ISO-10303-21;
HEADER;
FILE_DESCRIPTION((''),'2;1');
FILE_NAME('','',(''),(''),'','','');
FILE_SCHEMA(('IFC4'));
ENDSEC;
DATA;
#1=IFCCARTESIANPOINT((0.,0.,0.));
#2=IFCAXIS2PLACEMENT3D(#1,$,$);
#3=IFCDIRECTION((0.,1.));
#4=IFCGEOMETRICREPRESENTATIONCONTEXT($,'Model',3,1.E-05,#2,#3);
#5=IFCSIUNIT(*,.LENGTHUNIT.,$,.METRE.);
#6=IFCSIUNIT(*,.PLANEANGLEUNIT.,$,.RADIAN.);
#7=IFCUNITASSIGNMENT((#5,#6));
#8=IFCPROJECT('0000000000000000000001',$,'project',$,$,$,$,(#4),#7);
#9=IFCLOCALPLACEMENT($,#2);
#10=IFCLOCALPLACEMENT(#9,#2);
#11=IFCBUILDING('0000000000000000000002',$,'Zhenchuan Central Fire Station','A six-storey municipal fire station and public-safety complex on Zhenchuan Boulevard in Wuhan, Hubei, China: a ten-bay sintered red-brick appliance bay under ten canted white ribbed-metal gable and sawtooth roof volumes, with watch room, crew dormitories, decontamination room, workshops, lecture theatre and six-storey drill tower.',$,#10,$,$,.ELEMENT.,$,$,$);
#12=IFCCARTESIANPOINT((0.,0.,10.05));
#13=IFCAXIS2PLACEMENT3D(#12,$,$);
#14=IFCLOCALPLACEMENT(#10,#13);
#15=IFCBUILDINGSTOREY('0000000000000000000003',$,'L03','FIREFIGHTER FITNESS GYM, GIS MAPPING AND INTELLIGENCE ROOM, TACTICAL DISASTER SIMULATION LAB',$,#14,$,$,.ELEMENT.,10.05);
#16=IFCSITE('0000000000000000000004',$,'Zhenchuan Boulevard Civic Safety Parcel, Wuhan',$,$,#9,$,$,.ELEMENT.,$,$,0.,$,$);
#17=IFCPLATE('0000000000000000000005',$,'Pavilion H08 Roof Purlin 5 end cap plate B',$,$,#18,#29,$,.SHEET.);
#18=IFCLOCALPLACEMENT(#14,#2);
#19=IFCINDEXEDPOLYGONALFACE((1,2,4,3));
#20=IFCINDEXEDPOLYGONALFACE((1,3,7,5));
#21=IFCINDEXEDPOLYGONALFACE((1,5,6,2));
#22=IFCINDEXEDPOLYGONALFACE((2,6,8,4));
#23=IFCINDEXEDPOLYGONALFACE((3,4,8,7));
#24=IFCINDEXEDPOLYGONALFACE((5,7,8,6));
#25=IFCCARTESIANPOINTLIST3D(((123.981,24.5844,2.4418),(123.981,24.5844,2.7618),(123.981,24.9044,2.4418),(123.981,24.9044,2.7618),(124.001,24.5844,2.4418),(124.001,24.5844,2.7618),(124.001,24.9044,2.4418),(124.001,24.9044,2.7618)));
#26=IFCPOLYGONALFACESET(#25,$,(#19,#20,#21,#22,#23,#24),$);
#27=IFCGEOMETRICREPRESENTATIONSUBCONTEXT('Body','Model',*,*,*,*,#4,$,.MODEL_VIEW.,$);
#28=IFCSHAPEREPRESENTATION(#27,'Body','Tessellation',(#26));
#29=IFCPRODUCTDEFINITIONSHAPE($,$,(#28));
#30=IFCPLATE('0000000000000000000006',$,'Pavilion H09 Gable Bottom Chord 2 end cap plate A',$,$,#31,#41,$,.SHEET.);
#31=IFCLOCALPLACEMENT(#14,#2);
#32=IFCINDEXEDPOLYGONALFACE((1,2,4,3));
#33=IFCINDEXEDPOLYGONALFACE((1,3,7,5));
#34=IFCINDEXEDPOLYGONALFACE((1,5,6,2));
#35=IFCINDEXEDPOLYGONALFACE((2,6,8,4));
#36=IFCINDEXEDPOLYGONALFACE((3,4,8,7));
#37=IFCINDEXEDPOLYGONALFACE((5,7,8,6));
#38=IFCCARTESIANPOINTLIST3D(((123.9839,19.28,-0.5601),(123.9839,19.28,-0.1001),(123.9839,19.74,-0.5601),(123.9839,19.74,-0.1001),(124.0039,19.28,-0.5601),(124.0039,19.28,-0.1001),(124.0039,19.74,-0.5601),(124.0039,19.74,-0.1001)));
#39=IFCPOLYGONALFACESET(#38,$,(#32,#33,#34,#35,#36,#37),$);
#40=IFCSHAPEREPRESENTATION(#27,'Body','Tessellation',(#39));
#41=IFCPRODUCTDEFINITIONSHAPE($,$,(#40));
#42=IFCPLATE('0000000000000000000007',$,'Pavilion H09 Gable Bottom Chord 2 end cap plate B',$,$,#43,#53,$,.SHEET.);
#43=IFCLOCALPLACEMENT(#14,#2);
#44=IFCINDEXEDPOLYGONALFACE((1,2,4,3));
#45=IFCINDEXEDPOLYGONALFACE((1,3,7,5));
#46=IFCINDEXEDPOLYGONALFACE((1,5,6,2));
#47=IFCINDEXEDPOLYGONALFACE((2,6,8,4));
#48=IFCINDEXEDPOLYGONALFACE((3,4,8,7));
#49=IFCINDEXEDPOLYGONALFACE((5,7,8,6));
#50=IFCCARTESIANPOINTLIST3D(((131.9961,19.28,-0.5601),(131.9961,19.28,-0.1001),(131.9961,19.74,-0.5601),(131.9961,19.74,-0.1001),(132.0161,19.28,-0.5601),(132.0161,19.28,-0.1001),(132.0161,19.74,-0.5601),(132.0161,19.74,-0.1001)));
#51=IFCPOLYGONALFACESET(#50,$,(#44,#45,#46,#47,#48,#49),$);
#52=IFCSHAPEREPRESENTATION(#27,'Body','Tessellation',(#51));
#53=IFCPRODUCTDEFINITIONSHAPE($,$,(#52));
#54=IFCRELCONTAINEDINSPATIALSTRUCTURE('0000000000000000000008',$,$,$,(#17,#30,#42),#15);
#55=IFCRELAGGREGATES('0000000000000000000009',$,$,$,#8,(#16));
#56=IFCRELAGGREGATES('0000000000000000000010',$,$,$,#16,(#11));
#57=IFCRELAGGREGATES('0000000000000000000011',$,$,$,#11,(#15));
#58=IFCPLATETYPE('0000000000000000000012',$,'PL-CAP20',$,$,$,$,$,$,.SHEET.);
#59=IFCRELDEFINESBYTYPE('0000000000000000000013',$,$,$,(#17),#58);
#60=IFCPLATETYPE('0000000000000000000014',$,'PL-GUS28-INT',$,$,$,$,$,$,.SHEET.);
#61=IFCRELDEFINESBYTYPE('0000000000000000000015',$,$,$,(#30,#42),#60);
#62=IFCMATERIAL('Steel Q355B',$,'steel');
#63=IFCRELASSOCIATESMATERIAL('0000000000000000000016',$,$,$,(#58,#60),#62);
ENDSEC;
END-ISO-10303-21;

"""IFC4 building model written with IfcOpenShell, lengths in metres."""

from ifc_helpers import new_model, si_unit, direction, frame, origin, origin_2d, place, context, subcontext, project, spatial, rectangle, extrude, material, material_profile, profile_set, type_object, element, save


model = new_model("IFC4")

# Units and contexts
model_context = context("Model", 3, precision=1e-05, world=origin(), true_north=direction((0.0, 1.0)))
body_context = subcontext(model_context, "Body", "Model", "MODEL_VIEW")
ifc_project = project(units=[si_unit("LENGTHUNIT", "METRE"), si_unit("PLANEANGLEUNIT", "RADIAN")], contexts=[model_context])

# Site, building, storey
site_placement = place(None, origin())
site = spatial("IfcSite", under=ifc_project, at=site_placement, Name="Zhenchuan Boulevard Civic Safety Parcel, Wuhan", CompositionType="ELEMENT", RefElevation=0.0)
building_placement = place(site_placement, origin())
building = spatial("IfcBuilding", under=site, at=building_placement, Name="Zhenchuan Central Fire Station", Description="A six-storey municipal fire station and public-safety complex on Zhenchuan Boulevard in Wuhan, Hubei, China: a ten-bay sintered red-brick appliance bay under ten canted white ribbed-metal gable and sawtooth roof volumes, with watch room, crew dormitories, decontamination room, workshops, lecture theatre and six-storey drill tower.", CompositionType="ELEMENT")
storey_placement = place(building_placement, frame((0.0, 0.0, 10.05)))
storey = spatial("IfcBuildingStorey", under=building, at=storey_placement, Name="L03", Description="FIREFIGHTER FITNESS GYM, GIS MAPPING AND INTELLIGENCE ROOM, TACTICAL DISASTER SIMULATION LAB", CompositionType="ELEMENT", Elevation=10.05)

# Shared definitions
ifc_material_1 = material(Name="Steel Q355B", Category="steel")

# Plates
ifc_material_profile_1 = material_profile(ifc_material_1, rectangle(XDim=0.3201, YDim=0.3201, at=origin_2d()), Name="PL 320x320x20")
ifc_profile_set_1 = profile_set([ifc_material_profile_1], Name="Steel Q355B")
plate_type_1 = type_object("IfcPlateType", Name="PL-CAP20", PredefinedType="SHEET", material=ifc_profile_set_1)
for number, where, z_axis, x_axis, name in (
    (1, (123.981, 24.7444, 2.6018), (1.0, 0.0, 0.0), (0.0, 1.0, 0.0), "Pavilion H08 Roof Purlin 5 end cap plate B"),
):
    element("IfcPlate", number, at=place(storey_placement, frame(where, z_axis=z_axis, x_axis=x_axis)), inside=storey, type_object=plate_type_1, Name=name, PredefinedType="SHEET", context=body_context, shape_type="SweptSolid", body=[
        extrude(rectangle(XDim=0.3201, YDim=0.3201, at=origin_2d()), origin(), (0.0, 0.0, 1.0), 0.02),
    ])
ifc_material_profile_2 = material_profile(ifc_material_1, rectangle(XDim=0.46, YDim=0.46, at=origin_2d()), Name="PL 460x460x28")
ifc_profile_set_2 = profile_set([ifc_material_profile_2], Name="Steel Q355B")
plate_type_2 = type_object("IfcPlateType", Name="PL-GUS28-INT", PredefinedType="SHEET", material=ifc_profile_set_2)
for number, where, z_axis, x_axis, name in (
    (2, (123.9839, 19.51, -0.3301), (1.0, 0.0, 0.0), (0.0, 1.0, 0.0), "Pavilion H09 Gable Bottom Chord 2 end cap plate A"),
    (3, (131.9961, 19.51, -0.3301), (1.0, 0.0, 0.0), (0.0, 1.0, 0.0), "Pavilion H09 Gable Bottom Chord 2 end cap plate B"),
):
    element("IfcPlate", number, at=place(storey_placement, frame(where, z_axis=z_axis, x_axis=x_axis)), inside=storey, type_object=plate_type_2, Name=name, PredefinedType="SHEET", context=body_context, shape_type="SweptSolid", body=[
        extrude(rectangle(XDim=0.46, YDim=0.46, at=origin_2d()), origin(), (0.0, 0.0, 1.0), 0.02),
    ])

save(model, "model.ifc")
